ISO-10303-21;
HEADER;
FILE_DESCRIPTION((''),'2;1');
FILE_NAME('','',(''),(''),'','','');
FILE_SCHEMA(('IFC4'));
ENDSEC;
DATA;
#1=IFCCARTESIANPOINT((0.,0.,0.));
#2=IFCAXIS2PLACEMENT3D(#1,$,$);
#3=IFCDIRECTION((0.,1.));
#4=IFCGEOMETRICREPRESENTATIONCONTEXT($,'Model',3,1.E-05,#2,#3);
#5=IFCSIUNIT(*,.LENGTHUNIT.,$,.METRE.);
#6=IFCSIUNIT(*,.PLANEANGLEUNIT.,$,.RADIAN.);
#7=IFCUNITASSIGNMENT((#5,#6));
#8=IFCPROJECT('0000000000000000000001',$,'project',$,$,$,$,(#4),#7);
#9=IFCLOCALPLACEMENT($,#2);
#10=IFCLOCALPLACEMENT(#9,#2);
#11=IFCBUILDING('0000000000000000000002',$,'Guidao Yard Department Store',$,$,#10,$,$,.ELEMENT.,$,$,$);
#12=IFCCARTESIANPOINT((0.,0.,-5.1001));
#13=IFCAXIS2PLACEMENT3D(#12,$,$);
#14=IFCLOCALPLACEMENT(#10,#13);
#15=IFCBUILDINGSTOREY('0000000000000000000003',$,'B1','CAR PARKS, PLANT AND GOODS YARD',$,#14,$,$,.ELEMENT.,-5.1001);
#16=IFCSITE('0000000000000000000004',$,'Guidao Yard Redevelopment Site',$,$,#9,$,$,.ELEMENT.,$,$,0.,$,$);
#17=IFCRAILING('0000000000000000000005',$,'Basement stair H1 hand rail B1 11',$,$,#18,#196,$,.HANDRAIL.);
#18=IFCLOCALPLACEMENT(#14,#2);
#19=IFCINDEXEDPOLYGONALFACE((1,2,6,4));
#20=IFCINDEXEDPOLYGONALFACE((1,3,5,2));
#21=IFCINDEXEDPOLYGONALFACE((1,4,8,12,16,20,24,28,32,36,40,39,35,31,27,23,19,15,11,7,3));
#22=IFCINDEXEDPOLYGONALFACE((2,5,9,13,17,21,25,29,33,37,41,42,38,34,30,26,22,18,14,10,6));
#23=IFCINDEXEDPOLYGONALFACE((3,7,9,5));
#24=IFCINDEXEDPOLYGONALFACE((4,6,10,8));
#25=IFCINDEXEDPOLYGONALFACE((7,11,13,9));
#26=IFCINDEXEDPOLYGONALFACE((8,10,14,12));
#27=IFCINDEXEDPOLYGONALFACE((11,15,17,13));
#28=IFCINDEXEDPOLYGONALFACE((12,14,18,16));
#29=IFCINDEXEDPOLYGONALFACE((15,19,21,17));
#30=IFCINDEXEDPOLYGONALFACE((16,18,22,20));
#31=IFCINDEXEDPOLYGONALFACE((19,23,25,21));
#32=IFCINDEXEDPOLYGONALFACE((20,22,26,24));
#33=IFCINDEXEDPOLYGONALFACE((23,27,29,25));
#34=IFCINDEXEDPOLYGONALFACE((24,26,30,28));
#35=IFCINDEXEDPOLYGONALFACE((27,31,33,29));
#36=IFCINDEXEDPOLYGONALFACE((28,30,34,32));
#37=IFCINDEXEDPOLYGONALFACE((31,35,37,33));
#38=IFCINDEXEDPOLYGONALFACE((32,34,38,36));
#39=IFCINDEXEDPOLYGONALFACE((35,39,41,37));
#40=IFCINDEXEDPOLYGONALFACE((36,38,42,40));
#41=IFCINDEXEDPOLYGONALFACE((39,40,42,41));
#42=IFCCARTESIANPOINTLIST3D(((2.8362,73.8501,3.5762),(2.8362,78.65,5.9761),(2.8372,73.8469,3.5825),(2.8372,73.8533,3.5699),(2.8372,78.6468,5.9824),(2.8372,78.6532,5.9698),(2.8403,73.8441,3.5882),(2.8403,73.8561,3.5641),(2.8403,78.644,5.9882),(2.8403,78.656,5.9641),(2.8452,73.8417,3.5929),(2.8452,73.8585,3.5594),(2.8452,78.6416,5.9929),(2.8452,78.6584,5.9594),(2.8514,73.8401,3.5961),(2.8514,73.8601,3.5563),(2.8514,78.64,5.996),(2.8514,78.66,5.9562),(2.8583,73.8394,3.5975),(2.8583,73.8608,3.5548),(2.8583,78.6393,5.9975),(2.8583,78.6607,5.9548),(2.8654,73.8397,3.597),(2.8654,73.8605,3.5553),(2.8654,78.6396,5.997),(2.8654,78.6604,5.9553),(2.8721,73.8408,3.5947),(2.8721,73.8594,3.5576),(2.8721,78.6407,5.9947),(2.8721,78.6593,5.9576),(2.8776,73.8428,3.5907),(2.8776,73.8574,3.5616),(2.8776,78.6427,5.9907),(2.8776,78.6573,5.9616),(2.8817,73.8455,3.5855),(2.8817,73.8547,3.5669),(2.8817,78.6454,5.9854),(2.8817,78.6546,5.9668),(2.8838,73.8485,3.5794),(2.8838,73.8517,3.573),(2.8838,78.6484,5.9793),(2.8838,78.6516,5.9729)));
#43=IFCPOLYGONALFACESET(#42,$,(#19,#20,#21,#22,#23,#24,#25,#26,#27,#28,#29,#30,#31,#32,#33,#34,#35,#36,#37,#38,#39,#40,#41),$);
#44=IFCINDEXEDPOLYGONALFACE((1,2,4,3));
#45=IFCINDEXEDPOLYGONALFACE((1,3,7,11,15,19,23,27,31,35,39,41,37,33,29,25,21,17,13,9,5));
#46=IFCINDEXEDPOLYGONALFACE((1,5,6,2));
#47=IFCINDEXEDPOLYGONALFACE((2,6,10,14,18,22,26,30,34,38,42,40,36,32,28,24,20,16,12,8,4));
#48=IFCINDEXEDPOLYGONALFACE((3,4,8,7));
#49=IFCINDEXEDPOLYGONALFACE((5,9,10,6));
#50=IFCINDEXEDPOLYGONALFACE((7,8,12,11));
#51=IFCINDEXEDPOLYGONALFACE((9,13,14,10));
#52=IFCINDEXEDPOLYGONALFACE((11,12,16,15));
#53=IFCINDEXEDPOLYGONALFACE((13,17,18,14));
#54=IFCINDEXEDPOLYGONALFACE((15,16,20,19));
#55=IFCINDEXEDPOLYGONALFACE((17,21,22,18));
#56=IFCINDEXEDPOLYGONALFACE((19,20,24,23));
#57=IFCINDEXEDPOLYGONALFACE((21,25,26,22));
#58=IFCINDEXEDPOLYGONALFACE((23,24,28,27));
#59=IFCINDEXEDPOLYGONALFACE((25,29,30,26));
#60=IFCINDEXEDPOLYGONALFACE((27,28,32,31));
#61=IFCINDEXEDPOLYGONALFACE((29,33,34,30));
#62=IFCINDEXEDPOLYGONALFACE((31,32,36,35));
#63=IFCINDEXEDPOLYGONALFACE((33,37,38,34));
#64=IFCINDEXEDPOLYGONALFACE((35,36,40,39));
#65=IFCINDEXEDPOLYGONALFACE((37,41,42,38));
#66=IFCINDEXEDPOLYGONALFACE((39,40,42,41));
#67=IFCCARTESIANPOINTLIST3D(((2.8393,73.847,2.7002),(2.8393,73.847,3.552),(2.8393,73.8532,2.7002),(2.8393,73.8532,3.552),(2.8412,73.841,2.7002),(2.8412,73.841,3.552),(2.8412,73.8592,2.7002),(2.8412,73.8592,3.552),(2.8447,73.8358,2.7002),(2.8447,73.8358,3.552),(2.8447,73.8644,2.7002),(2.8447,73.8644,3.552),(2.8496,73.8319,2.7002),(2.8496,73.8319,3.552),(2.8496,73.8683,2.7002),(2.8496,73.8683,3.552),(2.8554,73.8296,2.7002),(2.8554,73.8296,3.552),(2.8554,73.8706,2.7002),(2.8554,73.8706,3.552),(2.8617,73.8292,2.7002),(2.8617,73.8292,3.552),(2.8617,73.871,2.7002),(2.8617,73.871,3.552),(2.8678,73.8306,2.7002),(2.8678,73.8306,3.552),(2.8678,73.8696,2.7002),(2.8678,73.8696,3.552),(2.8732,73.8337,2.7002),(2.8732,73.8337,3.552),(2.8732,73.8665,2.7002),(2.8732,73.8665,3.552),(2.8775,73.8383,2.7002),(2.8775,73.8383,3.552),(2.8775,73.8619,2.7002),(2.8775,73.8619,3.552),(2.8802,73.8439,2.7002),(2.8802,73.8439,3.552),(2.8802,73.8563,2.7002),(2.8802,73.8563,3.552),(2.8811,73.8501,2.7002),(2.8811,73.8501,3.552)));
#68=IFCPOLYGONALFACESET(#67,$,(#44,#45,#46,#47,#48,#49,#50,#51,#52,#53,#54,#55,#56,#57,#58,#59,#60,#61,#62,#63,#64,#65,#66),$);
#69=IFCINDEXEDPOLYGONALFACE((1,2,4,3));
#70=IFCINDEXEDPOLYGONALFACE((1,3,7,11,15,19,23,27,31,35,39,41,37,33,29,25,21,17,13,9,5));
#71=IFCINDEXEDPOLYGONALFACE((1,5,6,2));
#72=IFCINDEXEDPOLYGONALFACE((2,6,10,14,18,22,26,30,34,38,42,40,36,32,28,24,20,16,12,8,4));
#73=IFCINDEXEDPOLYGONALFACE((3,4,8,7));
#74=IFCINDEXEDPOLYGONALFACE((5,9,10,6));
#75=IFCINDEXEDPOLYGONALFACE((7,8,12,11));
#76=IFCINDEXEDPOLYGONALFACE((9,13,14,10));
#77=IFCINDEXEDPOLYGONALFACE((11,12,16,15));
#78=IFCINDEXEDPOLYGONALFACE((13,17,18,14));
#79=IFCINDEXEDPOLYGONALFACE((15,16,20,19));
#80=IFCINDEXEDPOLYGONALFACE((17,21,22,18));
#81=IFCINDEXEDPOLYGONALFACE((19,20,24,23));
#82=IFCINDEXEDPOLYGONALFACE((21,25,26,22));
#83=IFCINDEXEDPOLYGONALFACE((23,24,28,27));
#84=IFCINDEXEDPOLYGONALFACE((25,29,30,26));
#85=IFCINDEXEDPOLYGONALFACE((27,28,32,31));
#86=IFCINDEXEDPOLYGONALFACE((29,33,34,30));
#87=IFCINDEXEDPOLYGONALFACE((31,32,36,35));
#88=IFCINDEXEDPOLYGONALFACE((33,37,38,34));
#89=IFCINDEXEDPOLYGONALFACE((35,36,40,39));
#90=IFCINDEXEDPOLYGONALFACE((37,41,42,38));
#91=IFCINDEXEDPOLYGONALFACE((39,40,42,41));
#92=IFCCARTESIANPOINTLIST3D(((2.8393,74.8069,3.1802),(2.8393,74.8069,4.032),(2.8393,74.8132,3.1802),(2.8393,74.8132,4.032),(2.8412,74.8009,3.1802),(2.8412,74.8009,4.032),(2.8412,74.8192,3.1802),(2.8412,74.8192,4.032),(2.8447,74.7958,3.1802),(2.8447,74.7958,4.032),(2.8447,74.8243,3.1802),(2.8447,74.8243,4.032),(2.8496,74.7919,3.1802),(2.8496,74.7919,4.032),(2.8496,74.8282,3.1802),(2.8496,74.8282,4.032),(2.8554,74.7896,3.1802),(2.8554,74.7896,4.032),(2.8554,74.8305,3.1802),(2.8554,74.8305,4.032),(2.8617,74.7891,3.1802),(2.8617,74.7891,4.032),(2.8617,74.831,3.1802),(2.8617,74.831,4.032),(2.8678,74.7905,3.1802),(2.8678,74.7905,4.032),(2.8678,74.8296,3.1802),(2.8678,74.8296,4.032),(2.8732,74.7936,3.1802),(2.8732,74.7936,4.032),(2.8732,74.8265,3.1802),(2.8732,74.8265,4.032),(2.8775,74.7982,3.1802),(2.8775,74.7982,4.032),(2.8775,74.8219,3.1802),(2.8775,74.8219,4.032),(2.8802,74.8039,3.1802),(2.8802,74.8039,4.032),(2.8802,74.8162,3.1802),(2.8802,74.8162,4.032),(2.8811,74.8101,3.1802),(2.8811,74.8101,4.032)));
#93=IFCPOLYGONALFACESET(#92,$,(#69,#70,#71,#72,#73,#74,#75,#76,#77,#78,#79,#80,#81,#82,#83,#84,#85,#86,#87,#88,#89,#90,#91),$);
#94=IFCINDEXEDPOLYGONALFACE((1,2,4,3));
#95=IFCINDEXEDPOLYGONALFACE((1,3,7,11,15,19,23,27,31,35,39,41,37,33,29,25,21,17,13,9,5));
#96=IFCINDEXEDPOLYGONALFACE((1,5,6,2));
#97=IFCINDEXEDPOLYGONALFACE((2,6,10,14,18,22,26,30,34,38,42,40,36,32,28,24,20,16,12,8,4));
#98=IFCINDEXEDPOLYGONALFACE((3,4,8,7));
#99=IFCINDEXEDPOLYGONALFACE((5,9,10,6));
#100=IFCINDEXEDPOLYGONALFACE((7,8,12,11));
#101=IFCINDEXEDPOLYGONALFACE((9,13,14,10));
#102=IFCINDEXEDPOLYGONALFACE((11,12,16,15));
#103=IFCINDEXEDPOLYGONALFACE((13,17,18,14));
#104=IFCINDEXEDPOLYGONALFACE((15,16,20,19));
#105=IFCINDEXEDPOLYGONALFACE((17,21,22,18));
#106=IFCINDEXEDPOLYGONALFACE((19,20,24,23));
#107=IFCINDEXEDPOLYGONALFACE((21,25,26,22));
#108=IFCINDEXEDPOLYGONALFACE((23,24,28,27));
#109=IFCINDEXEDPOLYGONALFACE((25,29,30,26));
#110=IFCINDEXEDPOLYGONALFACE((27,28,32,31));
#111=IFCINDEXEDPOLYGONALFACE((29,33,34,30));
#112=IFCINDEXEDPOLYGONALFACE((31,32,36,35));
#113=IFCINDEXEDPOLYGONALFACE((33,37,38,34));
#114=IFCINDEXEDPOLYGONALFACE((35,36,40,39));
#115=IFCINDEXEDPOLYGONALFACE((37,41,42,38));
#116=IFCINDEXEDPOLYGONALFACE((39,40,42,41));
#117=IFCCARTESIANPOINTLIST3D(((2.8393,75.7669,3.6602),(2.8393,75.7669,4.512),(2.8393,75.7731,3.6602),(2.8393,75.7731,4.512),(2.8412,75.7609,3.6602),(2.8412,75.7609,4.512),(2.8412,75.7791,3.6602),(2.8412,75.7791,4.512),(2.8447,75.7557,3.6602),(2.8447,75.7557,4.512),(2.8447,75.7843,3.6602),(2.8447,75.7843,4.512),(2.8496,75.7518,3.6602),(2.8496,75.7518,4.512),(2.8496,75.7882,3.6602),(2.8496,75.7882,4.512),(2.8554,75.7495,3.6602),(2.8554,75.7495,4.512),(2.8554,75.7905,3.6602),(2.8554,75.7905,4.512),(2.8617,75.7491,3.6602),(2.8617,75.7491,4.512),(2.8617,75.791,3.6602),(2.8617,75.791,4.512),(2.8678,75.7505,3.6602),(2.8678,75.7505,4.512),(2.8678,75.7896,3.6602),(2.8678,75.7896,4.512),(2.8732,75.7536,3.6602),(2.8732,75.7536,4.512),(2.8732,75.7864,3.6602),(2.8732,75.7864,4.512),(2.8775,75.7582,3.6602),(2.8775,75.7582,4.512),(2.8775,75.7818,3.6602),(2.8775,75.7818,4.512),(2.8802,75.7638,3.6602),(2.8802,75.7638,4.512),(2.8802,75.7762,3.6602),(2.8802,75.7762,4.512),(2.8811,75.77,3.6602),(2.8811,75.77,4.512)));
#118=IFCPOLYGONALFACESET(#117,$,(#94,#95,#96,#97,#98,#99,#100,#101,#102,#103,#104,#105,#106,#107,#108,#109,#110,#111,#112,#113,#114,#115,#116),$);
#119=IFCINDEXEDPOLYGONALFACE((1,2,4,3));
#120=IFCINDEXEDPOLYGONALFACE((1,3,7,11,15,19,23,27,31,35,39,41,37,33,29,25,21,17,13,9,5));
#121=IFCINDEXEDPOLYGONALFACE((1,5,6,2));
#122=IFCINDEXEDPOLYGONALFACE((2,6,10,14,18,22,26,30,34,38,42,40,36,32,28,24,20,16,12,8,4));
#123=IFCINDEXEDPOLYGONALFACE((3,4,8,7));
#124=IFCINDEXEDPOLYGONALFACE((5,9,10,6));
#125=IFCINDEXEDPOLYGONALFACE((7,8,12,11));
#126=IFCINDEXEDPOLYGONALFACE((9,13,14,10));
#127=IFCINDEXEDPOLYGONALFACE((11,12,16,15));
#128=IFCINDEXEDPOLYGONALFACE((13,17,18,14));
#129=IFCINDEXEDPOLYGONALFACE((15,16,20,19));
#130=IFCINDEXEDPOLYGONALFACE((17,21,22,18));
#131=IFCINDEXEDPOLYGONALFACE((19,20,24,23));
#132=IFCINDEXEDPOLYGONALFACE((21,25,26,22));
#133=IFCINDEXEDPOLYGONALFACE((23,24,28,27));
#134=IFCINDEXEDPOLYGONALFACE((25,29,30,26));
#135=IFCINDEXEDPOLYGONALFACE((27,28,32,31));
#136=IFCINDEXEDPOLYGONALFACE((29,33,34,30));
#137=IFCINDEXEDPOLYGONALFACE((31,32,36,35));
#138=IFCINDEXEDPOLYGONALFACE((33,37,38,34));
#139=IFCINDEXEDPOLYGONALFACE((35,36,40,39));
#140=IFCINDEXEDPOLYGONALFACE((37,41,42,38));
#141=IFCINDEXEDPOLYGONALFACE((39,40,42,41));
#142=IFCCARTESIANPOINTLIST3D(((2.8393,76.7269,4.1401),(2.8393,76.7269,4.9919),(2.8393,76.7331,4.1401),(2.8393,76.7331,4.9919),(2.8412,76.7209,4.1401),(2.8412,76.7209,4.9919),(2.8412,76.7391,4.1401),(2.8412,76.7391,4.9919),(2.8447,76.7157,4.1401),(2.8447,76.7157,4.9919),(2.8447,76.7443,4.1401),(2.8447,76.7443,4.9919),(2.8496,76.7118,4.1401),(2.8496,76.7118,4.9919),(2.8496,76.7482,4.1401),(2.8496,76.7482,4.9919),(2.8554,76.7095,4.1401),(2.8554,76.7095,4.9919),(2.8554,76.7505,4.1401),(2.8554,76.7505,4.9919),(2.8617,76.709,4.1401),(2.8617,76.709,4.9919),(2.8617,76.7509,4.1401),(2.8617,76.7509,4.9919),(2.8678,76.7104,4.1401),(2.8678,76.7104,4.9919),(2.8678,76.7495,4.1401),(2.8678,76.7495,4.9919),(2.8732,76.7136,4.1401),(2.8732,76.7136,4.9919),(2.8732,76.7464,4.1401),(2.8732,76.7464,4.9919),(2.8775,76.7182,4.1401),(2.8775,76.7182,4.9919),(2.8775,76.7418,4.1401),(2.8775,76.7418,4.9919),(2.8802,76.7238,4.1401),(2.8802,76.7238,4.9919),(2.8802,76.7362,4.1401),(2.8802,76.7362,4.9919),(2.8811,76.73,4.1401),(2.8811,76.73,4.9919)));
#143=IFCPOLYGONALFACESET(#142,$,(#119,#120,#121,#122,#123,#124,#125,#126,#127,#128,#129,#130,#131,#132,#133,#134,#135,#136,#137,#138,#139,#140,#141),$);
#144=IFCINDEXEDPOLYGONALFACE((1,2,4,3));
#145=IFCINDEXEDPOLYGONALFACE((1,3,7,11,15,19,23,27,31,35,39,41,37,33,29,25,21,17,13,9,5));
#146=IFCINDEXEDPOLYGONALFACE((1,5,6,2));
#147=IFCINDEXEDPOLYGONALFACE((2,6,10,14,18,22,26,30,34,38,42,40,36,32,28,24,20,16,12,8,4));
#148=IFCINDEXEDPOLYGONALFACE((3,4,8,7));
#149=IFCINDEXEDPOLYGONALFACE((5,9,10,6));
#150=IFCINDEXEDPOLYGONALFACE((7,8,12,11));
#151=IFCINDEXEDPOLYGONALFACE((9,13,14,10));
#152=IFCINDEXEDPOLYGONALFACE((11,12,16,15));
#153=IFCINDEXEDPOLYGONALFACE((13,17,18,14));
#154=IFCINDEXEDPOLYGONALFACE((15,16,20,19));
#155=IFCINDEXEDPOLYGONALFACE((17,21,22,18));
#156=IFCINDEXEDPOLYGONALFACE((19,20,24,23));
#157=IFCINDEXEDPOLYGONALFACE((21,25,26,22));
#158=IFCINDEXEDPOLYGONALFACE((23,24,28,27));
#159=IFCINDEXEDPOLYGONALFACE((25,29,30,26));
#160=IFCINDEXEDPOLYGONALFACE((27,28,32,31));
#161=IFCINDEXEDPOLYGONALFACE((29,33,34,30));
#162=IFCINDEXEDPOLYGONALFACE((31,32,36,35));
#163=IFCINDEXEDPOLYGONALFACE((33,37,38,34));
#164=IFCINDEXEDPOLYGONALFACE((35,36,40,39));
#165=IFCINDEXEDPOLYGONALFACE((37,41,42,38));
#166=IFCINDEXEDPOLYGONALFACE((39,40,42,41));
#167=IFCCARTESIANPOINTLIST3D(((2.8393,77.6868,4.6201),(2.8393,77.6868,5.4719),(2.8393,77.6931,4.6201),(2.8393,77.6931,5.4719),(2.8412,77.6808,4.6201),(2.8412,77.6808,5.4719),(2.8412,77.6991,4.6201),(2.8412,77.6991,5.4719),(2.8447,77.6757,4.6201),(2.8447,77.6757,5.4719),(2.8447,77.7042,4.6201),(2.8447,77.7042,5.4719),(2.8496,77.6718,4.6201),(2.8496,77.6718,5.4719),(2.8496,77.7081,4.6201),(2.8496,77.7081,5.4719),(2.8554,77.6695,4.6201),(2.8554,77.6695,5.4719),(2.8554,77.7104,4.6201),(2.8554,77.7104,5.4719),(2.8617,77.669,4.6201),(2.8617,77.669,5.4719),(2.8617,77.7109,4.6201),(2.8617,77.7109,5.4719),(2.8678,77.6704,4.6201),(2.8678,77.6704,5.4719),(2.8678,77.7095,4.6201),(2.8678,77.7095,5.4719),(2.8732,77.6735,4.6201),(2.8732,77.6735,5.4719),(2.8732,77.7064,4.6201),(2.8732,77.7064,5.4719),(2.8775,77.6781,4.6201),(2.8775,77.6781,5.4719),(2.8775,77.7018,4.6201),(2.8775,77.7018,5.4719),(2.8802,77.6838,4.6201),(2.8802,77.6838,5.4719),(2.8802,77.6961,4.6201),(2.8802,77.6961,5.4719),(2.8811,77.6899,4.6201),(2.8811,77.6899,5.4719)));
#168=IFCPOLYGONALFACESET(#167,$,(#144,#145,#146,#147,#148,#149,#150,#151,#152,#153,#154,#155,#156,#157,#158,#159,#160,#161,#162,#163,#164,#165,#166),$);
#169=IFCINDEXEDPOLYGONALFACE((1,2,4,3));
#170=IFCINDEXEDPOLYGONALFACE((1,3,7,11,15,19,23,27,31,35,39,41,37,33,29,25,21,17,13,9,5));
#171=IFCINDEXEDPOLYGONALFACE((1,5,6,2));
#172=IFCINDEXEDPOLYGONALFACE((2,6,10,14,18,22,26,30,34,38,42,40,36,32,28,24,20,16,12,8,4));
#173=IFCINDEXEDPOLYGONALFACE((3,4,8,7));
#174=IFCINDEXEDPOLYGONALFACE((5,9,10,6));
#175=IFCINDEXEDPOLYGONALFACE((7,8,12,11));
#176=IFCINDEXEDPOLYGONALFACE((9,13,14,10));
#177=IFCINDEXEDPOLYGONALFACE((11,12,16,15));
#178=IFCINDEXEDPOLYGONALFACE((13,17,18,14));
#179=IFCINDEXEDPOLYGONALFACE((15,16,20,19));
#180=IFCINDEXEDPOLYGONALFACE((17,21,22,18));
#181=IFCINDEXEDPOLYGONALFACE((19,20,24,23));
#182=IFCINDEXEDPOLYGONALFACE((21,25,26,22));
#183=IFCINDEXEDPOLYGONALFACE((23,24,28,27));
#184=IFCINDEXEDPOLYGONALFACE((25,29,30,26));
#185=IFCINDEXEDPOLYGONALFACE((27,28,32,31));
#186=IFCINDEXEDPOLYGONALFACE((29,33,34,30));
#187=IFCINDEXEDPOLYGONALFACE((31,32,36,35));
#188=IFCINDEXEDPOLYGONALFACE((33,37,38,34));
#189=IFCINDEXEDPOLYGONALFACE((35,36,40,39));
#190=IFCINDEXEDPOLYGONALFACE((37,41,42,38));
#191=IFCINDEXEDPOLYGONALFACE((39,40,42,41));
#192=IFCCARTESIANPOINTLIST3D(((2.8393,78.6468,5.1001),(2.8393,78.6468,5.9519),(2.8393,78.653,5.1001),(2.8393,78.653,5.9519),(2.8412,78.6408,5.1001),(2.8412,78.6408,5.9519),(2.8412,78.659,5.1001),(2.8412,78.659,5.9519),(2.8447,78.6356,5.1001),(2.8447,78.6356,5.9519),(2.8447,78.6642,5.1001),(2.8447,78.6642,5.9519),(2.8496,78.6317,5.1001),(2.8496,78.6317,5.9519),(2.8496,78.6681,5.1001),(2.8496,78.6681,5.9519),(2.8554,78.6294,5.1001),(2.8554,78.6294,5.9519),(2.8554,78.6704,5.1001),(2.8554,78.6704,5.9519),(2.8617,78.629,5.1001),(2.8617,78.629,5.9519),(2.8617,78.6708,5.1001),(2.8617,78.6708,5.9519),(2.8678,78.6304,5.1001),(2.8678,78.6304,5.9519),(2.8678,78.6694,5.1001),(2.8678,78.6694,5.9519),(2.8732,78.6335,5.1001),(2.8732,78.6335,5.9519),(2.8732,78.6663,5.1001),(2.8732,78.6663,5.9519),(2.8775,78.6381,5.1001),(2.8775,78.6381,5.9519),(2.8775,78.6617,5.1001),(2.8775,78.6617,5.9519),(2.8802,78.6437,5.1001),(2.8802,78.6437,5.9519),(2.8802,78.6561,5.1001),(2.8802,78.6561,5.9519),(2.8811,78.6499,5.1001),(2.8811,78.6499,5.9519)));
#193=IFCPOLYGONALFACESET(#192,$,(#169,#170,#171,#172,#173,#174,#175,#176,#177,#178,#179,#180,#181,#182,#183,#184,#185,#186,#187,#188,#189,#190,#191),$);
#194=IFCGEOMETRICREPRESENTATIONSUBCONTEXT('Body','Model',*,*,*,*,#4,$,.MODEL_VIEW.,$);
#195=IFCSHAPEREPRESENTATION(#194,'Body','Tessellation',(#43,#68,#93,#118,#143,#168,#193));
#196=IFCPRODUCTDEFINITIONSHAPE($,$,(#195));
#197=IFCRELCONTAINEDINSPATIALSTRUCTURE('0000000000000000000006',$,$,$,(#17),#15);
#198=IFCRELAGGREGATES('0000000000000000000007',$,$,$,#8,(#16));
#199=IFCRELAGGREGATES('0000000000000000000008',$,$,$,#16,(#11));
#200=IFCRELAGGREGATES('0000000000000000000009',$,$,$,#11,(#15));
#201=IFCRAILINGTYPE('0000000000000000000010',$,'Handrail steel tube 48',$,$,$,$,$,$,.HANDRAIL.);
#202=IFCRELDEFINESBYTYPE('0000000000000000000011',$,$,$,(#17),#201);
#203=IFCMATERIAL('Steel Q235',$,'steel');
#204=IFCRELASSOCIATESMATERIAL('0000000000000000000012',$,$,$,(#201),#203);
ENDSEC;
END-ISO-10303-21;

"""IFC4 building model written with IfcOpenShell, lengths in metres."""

from ifc_helpers import new_model, si_unit, direction, frame, origin, origin_2d, place, context, subcontext, project, spatial, circle, extrude, material, type_object, element, save


model = new_model("IFC4")

# Units and contexts
model_context = context("Model", 3, precision=1e-05, world=origin(), true_north=direction((0.0, 1.0)))
body_context = subcontext(model_context, "Body", "Model", "MODEL_VIEW")
ifc_project = project(units=[si_unit("LENGTHUNIT", "METRE"), si_unit("PLANEANGLEUNIT", "RADIAN")], contexts=[model_context])

# Site, building, storey
site_placement = place(None, origin())
site = spatial("IfcSite", under=ifc_project, at=site_placement, Name="Guidao Yard Redevelopment Site", CompositionType="ELEMENT", RefElevation=0.0)
building_placement = place(site_placement, origin())
building = spatial("IfcBuilding", under=site, at=building_placement, Name="Guidao Yard Department Store", CompositionType="ELEMENT")
storey_placement = place(building_placement, frame((0.0, 0.0, -5.1001)))
storey = spatial("IfcBuildingStorey", under=building, at=storey_placement, Name="B1", Description="CAR PARKS, PLANT AND GOODS YARD", CompositionType="ELEMENT", Elevation=-5.1001)

# Railing
ifc_material_1 = material(Name="Steel Q235", Category="steel")
railing_type_1 = type_object("IfcRailingType", Name="Handrail steel tube 48", PredefinedType="HANDRAIL", material=ifc_material_1)
for number, where, name in (
    (1, (2.8601, 73.8501, 2.7002), "Basement stair H1 hand rail B1 11"),
):
    element("IfcRailing", number, at=place(storey_placement, frame(where)), inside=storey, type_object=railing_type_1, Name=name, PredefinedType="HANDRAIL", context=body_context, shape_type="SweptSolid", body=[
        extrude(circle(Radius=0.0239, at=origin_2d()), frame((0.0, 0.0, 0.876), z_axis=(0.0, 0.894427, 0.447214), x_axis=(-1.0, 0.0, 0.0)), (0.0, 0.0, 1.0), 5.3665),
        extrude(circle(Radius=0.021, at=origin_2d()), origin(), (0.0, 0.0, 1.0), 0.8518),
        extrude(circle(Radius=0.021, at=origin_2d()), frame((0.0, 0.96, 0.48)), (0.0, 0.0, 1.0), 0.8518),
        extrude(circle(Radius=0.021, at=origin_2d()), frame((0.0, 1.9199, 0.96)), (0.0, 0.0, 1.0), 0.8518),
        extrude(circle(Radius=0.021, at=origin_2d()), frame((0.0, 2.8799, 1.4399)), (0.0, 0.0, 1.0), 0.8518),
        extrude(circle(Radius=0.021, at=origin_2d()), frame((0.0, 3.8398, 1.9199)), (0.0, 0.0, 1.0), 0.8518),
        extrude(circle(Radius=0.021, at=origin_2d()), frame((0.0, 4.7998, 2.3999)), (0.0, 0.0, 1.0), 0.8518),
    ])

save(model, "model.ifc")
